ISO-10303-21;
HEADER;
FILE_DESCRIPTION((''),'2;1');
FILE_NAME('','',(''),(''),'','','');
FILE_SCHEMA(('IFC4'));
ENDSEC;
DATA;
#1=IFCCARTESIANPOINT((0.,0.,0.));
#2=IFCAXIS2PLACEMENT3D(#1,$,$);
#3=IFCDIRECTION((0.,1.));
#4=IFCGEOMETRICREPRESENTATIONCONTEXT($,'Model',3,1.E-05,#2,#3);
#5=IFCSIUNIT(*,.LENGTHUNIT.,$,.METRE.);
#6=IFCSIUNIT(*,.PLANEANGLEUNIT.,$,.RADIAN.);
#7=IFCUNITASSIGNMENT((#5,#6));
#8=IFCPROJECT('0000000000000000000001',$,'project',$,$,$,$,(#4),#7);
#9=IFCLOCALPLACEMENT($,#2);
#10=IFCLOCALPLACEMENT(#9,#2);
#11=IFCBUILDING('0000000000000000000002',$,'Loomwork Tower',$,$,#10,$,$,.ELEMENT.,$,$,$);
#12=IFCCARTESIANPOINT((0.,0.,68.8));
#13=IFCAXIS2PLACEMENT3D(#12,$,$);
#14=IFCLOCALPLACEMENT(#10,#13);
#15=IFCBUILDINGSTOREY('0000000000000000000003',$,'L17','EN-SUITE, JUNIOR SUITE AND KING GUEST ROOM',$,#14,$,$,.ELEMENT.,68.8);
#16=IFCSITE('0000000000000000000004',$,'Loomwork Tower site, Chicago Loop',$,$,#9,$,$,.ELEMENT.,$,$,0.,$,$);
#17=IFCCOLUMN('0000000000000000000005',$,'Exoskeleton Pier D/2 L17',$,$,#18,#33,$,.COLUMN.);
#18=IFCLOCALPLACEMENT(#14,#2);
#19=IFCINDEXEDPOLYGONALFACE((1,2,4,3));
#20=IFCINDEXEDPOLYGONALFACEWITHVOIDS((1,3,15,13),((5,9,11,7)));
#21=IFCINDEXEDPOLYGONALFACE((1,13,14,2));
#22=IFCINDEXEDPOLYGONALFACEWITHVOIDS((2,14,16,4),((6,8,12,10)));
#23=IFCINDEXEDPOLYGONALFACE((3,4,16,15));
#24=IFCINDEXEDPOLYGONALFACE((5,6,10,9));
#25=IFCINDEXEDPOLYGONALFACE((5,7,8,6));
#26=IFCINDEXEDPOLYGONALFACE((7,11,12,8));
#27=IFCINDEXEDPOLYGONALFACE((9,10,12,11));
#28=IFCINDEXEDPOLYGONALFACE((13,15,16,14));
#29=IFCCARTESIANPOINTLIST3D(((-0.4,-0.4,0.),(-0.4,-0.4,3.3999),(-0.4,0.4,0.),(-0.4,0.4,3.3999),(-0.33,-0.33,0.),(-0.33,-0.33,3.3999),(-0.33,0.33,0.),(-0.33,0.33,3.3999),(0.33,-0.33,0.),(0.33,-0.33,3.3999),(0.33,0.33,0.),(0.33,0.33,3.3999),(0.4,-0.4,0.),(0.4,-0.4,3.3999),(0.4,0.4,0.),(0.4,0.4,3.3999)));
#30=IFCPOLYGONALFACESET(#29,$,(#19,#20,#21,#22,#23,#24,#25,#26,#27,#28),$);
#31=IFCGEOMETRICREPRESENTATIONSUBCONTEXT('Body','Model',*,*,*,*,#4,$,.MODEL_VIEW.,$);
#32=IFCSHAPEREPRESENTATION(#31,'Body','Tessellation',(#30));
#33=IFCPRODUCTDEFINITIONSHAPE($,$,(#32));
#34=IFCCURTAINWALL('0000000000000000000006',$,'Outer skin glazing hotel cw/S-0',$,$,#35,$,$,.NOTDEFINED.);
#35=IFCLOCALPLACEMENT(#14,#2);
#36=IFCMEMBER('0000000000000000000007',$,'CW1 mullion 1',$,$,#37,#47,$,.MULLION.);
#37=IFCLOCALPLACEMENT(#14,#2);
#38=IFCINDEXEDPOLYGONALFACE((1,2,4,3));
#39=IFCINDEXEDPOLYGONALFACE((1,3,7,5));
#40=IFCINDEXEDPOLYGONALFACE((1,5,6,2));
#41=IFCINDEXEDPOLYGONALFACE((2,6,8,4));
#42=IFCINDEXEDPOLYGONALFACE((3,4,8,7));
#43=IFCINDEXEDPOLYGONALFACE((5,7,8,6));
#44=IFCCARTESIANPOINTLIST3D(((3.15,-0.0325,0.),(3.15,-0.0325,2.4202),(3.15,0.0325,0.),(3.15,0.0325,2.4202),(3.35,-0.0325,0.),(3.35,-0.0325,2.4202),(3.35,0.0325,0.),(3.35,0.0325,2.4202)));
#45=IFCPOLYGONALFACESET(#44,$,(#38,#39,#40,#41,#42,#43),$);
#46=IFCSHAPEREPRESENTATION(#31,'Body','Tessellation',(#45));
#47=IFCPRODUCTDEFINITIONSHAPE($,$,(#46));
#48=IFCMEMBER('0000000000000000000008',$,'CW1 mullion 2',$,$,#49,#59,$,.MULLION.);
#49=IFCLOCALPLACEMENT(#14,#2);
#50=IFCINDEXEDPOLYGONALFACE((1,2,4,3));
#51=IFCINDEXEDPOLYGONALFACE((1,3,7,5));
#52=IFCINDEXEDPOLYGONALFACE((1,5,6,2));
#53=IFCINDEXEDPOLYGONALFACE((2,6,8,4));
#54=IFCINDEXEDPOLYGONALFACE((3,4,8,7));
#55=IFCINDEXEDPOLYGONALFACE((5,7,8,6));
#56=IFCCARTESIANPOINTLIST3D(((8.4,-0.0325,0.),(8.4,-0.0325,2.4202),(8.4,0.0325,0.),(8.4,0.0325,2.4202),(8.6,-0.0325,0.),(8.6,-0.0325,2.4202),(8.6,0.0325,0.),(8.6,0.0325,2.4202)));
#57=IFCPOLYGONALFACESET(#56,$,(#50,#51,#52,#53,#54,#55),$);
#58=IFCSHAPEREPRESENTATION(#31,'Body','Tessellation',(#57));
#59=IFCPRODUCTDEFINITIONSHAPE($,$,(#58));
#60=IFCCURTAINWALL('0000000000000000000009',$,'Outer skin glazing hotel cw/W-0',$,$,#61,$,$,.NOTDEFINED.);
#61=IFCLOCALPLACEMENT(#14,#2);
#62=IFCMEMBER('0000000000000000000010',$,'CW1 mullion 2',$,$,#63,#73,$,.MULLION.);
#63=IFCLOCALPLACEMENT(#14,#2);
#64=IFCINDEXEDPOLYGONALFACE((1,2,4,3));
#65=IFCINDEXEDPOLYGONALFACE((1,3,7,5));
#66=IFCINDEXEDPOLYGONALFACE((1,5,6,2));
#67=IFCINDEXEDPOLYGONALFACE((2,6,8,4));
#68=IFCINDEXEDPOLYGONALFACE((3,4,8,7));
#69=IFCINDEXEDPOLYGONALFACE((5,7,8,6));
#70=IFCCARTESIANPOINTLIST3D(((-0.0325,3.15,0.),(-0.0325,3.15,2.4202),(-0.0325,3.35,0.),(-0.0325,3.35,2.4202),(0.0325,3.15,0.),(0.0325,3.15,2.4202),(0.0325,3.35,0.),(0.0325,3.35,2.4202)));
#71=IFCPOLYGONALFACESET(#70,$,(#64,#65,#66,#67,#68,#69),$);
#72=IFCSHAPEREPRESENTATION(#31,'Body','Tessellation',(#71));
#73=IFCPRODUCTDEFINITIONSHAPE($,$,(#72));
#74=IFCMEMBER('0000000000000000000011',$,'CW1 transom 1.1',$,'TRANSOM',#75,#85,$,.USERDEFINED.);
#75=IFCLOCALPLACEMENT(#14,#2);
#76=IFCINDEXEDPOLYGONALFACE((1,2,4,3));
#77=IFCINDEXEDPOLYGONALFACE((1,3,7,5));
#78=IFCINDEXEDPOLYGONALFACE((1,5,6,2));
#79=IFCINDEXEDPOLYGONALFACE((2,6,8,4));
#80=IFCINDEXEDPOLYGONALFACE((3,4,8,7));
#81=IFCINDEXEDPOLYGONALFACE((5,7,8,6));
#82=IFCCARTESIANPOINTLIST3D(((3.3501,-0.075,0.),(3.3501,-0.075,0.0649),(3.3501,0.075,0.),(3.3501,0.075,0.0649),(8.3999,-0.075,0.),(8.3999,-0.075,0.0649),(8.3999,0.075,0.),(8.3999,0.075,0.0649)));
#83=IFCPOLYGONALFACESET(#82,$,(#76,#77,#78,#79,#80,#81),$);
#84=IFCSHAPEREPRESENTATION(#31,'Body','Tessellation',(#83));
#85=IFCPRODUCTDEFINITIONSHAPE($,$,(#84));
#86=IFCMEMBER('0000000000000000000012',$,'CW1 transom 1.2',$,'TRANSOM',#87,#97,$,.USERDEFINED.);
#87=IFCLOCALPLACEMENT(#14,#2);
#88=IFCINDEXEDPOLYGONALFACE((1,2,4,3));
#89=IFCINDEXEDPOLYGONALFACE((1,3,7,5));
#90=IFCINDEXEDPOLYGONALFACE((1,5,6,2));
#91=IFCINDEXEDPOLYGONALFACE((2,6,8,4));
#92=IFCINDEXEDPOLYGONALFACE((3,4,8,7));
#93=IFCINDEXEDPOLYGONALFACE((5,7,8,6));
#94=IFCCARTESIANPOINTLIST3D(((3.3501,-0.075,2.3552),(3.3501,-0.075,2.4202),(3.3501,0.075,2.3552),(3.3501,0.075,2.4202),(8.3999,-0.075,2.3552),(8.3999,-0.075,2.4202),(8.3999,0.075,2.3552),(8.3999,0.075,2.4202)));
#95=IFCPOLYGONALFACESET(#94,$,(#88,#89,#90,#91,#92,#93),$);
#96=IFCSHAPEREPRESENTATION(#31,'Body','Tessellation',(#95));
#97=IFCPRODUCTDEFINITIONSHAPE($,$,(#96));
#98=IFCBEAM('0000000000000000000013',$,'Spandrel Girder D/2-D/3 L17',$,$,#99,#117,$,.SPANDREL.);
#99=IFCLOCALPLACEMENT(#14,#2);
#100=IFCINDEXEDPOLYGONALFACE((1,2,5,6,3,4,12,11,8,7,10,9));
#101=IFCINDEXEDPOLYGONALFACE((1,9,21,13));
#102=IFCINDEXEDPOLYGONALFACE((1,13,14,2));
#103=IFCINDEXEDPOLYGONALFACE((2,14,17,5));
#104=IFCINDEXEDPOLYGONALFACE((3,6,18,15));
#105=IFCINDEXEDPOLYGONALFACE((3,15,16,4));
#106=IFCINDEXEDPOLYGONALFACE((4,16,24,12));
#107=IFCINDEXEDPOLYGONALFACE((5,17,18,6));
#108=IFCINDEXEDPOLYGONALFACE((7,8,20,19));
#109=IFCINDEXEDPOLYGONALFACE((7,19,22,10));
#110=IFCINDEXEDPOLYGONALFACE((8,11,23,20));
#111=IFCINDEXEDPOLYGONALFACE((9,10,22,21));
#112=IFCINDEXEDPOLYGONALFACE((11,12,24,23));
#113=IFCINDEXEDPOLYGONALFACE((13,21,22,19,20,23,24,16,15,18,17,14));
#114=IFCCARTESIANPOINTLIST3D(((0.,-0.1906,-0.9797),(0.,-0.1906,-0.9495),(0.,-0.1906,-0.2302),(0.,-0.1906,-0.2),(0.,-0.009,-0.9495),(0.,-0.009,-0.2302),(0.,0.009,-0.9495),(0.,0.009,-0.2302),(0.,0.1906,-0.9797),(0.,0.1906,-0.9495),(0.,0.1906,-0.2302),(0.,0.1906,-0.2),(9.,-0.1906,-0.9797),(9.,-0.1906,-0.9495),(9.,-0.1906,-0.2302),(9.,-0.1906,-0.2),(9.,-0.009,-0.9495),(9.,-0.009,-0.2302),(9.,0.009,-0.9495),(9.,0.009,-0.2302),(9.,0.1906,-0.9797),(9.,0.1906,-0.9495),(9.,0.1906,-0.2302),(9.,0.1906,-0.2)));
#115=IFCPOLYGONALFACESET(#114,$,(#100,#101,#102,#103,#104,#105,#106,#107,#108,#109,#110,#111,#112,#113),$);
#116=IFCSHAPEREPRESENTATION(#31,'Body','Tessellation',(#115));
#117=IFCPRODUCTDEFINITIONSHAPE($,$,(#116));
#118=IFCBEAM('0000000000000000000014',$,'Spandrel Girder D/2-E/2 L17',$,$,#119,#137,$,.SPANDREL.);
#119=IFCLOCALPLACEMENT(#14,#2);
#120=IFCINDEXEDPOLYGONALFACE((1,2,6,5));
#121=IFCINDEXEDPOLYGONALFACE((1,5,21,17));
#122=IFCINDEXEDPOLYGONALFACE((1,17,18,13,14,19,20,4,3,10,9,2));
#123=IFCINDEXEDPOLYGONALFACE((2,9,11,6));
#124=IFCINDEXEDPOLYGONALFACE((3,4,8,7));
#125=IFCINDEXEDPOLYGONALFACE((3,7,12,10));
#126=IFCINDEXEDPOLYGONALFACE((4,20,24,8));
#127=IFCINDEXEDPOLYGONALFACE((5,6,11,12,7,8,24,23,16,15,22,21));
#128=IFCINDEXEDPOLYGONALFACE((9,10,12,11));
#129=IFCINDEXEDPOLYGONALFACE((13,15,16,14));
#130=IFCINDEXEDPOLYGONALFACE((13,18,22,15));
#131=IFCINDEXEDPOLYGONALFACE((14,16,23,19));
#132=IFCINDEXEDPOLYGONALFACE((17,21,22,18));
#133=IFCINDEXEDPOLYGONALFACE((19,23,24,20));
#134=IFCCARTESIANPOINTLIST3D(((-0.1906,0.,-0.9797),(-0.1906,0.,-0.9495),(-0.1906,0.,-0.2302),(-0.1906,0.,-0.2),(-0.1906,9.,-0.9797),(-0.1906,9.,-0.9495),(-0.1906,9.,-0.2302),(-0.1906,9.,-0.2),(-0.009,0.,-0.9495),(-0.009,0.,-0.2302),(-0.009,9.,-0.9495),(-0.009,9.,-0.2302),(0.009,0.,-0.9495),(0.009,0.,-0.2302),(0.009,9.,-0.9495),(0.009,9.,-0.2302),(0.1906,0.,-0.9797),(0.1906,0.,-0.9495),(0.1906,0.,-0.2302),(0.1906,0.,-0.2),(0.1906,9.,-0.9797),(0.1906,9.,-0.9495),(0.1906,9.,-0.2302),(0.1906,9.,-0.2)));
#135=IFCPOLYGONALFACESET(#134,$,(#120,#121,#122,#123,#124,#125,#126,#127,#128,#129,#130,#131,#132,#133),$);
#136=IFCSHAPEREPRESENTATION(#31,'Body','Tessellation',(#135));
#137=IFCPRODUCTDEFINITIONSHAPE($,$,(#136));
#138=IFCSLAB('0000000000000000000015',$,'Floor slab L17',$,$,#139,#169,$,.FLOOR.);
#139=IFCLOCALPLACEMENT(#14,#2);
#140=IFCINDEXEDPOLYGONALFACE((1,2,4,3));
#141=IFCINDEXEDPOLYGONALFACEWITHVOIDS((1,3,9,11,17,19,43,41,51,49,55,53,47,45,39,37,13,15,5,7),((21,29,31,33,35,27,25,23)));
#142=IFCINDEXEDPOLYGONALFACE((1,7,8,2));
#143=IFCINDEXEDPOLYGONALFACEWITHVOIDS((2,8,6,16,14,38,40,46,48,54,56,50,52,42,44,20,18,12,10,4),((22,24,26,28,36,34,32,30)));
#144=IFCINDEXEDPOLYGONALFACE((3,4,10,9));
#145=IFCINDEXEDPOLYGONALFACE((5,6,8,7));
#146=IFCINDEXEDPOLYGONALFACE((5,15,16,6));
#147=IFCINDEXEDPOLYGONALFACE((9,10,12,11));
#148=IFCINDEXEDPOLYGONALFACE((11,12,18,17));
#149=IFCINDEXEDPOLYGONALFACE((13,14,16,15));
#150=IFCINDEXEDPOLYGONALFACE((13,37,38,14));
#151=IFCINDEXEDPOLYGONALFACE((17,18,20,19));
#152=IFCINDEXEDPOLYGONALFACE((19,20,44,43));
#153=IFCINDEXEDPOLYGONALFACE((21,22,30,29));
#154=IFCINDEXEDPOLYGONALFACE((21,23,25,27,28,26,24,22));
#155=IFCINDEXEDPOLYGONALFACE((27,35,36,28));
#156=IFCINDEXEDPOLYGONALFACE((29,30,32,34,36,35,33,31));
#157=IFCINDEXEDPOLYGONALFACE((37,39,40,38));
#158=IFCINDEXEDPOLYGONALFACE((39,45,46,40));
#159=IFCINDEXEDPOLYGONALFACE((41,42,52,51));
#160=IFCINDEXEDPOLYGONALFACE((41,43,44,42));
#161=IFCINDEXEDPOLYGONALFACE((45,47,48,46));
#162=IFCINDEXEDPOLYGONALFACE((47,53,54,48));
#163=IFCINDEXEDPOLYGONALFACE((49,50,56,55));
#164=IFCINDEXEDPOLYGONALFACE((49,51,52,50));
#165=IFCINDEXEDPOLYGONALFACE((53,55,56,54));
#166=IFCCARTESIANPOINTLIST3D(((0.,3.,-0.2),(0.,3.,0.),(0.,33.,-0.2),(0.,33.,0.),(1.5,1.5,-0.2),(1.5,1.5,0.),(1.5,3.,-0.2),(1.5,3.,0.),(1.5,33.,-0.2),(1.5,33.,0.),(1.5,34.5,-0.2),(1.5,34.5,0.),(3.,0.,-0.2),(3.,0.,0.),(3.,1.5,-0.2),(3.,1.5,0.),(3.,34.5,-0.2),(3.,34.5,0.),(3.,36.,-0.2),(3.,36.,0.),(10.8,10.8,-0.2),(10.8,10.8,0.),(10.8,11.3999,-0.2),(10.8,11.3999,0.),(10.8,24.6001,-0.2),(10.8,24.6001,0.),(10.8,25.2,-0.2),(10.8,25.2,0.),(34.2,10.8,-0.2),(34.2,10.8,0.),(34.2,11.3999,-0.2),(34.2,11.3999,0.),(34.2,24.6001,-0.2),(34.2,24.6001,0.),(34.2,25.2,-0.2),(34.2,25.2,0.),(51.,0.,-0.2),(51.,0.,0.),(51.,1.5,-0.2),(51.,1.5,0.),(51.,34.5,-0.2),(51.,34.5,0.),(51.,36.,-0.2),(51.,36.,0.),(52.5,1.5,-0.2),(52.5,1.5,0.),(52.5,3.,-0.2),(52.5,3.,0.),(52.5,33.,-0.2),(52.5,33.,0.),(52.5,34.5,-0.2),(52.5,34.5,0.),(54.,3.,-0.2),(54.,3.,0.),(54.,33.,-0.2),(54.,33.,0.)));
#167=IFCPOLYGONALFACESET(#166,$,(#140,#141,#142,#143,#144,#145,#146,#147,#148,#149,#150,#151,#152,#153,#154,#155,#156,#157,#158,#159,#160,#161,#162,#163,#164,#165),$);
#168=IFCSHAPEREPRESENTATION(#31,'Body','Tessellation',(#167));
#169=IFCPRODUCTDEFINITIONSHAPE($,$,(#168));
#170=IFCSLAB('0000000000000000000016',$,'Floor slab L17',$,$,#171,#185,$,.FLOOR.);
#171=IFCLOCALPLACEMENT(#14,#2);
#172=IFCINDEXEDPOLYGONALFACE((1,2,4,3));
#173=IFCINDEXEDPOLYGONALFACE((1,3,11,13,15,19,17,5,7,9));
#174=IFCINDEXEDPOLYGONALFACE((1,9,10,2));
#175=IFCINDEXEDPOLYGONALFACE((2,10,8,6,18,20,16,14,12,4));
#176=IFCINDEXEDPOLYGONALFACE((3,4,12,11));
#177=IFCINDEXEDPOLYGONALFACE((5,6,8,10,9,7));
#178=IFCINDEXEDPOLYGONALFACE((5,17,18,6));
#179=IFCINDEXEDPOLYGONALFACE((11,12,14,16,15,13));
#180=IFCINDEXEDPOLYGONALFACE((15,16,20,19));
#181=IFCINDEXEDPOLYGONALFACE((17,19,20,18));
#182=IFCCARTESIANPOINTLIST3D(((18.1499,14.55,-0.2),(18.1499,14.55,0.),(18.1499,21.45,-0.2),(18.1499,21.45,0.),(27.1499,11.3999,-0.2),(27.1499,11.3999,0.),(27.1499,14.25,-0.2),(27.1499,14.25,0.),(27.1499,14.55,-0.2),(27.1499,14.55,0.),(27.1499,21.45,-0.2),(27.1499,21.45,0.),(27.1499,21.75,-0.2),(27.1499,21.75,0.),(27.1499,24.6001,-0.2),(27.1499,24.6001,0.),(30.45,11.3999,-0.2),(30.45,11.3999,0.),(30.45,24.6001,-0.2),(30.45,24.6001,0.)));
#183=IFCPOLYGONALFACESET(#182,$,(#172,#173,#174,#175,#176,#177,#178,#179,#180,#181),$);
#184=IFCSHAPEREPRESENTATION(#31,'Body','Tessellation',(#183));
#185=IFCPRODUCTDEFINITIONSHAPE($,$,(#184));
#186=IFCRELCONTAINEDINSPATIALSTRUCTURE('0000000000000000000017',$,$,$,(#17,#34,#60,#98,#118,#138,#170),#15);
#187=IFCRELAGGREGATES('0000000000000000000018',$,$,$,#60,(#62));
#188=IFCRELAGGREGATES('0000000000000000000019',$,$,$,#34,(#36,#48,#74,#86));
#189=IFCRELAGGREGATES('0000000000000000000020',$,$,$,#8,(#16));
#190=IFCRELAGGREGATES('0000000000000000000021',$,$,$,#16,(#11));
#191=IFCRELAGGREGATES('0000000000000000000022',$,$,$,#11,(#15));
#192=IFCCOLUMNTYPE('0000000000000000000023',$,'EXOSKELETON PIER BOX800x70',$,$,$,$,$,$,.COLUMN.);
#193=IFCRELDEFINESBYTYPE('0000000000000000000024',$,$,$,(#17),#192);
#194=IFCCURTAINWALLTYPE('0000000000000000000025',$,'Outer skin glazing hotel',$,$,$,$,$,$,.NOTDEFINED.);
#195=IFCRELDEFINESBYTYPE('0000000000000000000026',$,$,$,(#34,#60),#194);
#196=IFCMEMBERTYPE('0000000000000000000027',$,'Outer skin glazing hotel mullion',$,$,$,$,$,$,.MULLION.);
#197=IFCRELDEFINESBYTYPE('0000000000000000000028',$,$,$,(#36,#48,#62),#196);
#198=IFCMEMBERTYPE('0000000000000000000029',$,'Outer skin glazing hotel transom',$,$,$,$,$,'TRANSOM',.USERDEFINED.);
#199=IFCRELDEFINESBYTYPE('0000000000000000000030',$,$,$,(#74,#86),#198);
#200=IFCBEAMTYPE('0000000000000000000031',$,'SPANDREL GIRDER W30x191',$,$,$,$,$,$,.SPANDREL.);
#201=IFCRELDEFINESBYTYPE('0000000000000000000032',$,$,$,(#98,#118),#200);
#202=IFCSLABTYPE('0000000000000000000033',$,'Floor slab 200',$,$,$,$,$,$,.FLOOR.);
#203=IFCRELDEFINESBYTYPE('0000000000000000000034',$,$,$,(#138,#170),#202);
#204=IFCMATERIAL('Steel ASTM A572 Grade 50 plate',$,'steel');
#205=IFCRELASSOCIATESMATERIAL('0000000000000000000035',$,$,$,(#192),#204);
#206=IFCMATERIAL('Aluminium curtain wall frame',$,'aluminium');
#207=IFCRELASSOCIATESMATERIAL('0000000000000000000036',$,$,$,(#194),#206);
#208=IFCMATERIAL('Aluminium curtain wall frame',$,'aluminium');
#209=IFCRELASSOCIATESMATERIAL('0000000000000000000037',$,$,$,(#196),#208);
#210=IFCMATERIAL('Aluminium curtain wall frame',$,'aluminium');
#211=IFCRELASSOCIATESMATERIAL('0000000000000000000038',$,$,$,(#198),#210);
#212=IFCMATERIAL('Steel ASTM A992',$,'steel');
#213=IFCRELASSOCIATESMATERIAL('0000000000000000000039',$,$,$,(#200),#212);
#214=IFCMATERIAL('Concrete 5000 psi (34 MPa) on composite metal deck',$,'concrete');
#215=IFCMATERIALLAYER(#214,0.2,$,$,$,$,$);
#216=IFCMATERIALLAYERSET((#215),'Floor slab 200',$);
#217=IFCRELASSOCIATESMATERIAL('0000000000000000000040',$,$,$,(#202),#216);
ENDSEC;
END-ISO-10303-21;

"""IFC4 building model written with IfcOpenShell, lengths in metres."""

from ifc_helpers import new_model, si_unit, direction, frame, origin, origin_with_axes, origin_2d, place, context, subcontext, project, spatial, polyline, rectangle, hollow_rectangle, i_section, outline, extrude, material, layer, layer_set, material_profile, profile_set, type_object, element, aggregate, save


model = new_model("IFC4")

# Units and contexts
model_context = context("Model", 3, precision=1e-05, world=origin(), true_north=direction((0.0, 1.0)))
body_context = subcontext(model_context, "Body", "Model", "MODEL_VIEW")
ifc_project = project(units=[si_unit("LENGTHUNIT", "METRE"), si_unit("PLANEANGLEUNIT", "RADIAN")], contexts=[model_context])

# Site, building, storey
site_placement = place(None, origin())
site = spatial("IfcSite", under=ifc_project, at=site_placement, Name="Loomwork Tower site, Chicago Loop", CompositionType="ELEMENT", RefElevation=0.0)
building_placement = place(site_placement, origin())
building = spatial("IfcBuilding", under=site, at=building_placement, Name="Loomwork Tower", CompositionType="ELEMENT")
storey_placement = place(building_placement, frame((0.0, 0.0, 68.8)))
storey = spatial("IfcBuildingStorey", under=building, at=storey_placement, Name="L17", Description="EN-SUITE, JUNIOR SUITE AND KING GUEST ROOM", CompositionType="ELEMENT", Elevation=68.8)

# Column
ifc_material_1 = material(Name="Steel ASTM A572 Grade 50 plate", Category="steel")
ifc_material_profile_1 = material_profile(ifc_material_1, hollow_rectangle(XDim=0.8, YDim=0.8, WallThickness=0.0701, at=origin_2d()), Name="BOX800x70")
ifc_profile_set_1 = profile_set([ifc_material_profile_1], Name="Steel ASTM A572 Grade 50 plate")
column_type = type_object("IfcColumnType", Name="EXOSKELETON PIER BOX800x70", PredefinedType="COLUMN", material=ifc_profile_set_1)
column_placement = place(storey_placement, origin_with_axes())
element("IfcColumn", 1, at=column_placement, inside=storey, type_object=column_type, Name="Exoskeleton Pier D/2 L17", PredefinedType="COLUMN", context=body_context, shape_type="SweptSolid", body=[
    extrude(hollow_rectangle(XDim=0.8, YDim=0.8, WallThickness=0.0701, at=origin_2d()), origin(), (0.0, 0.0, 1.0), 3.3999),
])

# Curtain wall, members
ifc_material_2 = material(Name="Aluminium curtain wall frame", Category="aluminium")
curtain_wall_type = type_object("IfcCurtainWallType", Name="Outer skin glazing hotel", PredefinedType="NOTDEFINED", material=ifc_material_2)
curtain_wall_1_placement = place(storey_placement, origin())
curtain_wall_1 = element("IfcCurtainWall", 2, at=curtain_wall_1_placement, inside=storey, type_object=curtain_wall_type, Name="Outer skin glazing hotel cw/S-0", PredefinedType="NOTDEFINED")
ifc_material_3 = material(Name="Aluminium curtain wall frame", Category="aluminium")
ifc_material_profile_2 = material_profile(ifc_material_3, rectangle(XDim=0.0649, YDim=0.2, at=origin_2d()), Name="AL 65x200")
ifc_profile_set_2 = profile_set([ifc_material_profile_2], Name="Aluminium curtain wall frame")
member_type_1 = type_object("IfcMemberType", Name="Outer skin glazing hotel mullion", PredefinedType="MULLION", material=ifc_profile_set_2)
member_1_placement = place(storey_placement, frame((3.25, 0.0, 0.0), z_axis=(0.0, 0.0, 1.0), x_axis=(0.0, 1.0, 0.0)))
member_1 = element("IfcMember", 3, at=member_1_placement, type_object=member_type_1, Name="CW1 mullion 1", PredefinedType="MULLION", context=body_context, shape_type="SweptSolid", body=[
    extrude(rectangle(XDim=0.0649, YDim=0.2, at=origin_2d()), origin(), (0.0, 0.0, 1.0), 2.4202),
])
member_2_placement = place(storey_placement, frame((8.5, 0.0, 0.0), z_axis=(0.0, 0.0, 1.0), x_axis=(0.0, 1.0, 0.0)))
member_2 = element("IfcMember", 4, at=member_2_placement, type_object=member_type_1, Name="CW1 mullion 2", PredefinedType="MULLION", context=body_context, shape_type="SweptSolid", body=[
    extrude(rectangle(XDim=0.0649, YDim=0.2, at=origin_2d()), origin(), (0.0, 0.0, 1.0), 2.4202),
])

# Curtain wall, member
curtain_wall_2_placement = place(storey_placement, origin())
curtain_wall_2 = element("IfcCurtainWall", 5, at=curtain_wall_2_placement, inside=storey, type_object=curtain_wall_type, Name="Outer skin glazing hotel cw/W-0", PredefinedType="NOTDEFINED")
member_3_placement = place(storey_placement, frame((0.0, 3.25, 0.0), z_axis=(0.0, 0.0, 1.0), x_axis=(1.0, 0.0, 0.0)))
member_3 = element("IfcMember", 6, at=member_3_placement, type_object=member_type_1, Name="CW1 mullion 2", PredefinedType="MULLION", context=body_context, shape_type="SweptSolid", body=[
    extrude(rectangle(XDim=0.0649, YDim=0.2, at=origin_2d()), origin(), (0.0, 0.0, 1.0), 2.4202),
])
aggregate(curtain_wall_2, [member_3])

# Members
ifc_material_4 = material(Name="Aluminium curtain wall frame", Category="aluminium")
ifc_material_profile_3 = material_profile(ifc_material_4, rectangle(XDim=0.1499, YDim=0.0649, at=origin_2d()), Name="AL 65x150")
ifc_profile_set_3 = profile_set([ifc_material_profile_3], Name="Aluminium curtain wall frame")
member_type_2 = type_object("IfcMemberType", Name="Outer skin glazing hotel transom", ElementType="TRANSOM", PredefinedType="USERDEFINED", material=ifc_profile_set_3)
member_4_placement = place(storey_placement, frame((3.3501, 0.0, 0.0325), z_axis=(1.0, 0.0, 0.0), x_axis=(0.0, 1.0, 0.0)))
member_4 = element("IfcMember", 7, at=member_4_placement, type_object=member_type_2, Name="CW1 transom 1.1", ObjectType="TRANSOM", PredefinedType="USERDEFINED", context=body_context, shape_type="SweptSolid", body=[
    extrude(rectangle(XDim=0.1499, YDim=0.0649, at=origin_2d()), origin(), (0.0, 0.0, 1.0), 5.0498),
])
member_5_placement = place(storey_placement, frame((3.3501, 0.0, 2.3877), z_axis=(1.0, 0.0, 0.0), x_axis=(0.0, 1.0, 0.0)))
member_5 = element("IfcMember", 8, at=member_5_placement, type_object=member_type_2, Name="CW1 transom 1.2", ObjectType="TRANSOM", PredefinedType="USERDEFINED", context=body_context, shape_type="SweptSolid", body=[
    extrude(rectangle(XDim=0.1499, YDim=0.0649, at=origin_2d()), origin(), (0.0, 0.0, 1.0), 5.0498),
])

# Beams
ifc_material_5 = material(Name="Steel ASTM A992", Category="steel")
ifc_material_profile_4 = material_profile(ifc_material_5, i_section(OverallWidth=0.3811, OverallDepth=0.7798, WebThickness=0.0181, FlangeThickness=0.0303, at=origin_2d()), Name="W30x191")
ifc_profile_set_4 = profile_set([ifc_material_profile_4], Name="Steel ASTM A992")
beam_type = type_object("IfcBeamType", Name="SPANDREL GIRDER W30x191", PredefinedType="SPANDREL", material=ifc_profile_set_4)
for number, where, z_axis, x_axis, name in (
    (9, (0.0, 0.0, -0.5898), (1.0, 0.0, 0.0), (0.0, 1.0, 0.0), "Spandrel Girder D/2-D/3 L17"),
    (10, (0.0, 0.0, -0.5898), (0.0, 1.0, 0.0), (-1.0, 0.0, 0.0), "Spandrel Girder D/2-E/2 L17"),
):
    element("IfcBeam", number, at=place(storey_placement, frame(where, z_axis=z_axis, x_axis=x_axis)), inside=storey, type_object=beam_type, Name=name, PredefinedType="SPANDREL", context=body_context, shape_type="SweptSolid", body=[
        extrude(i_section(OverallWidth=0.3811, OverallDepth=0.7798, WebThickness=0.0181, FlangeThickness=0.0303, at=origin_2d()), origin(), (0.0, 0.0, 1.0), 9.0),
    ])

# Slabs
ifc_material_6 = material(Name="Concrete 5000 psi (34 MPa) on composite metal deck", Category="concrete")
ifc_layer_1 = layer(ifc_material_6, 0.2)
ifc_layer_set_1 = layer_set([ifc_layer_1], Name="Floor slab 200")
slab_type_1 = type_object("IfcSlabType", Name="Floor slab 200", PredefinedType="FLOOR", material=ifc_layer_set_1)
slab_1_placement = place(storey_placement, frame((0.0, 0.0, -0.2)))
element("IfcSlab", 11, at=slab_1_placement, inside=storey, type_object=slab_type_1, Name="Floor slab L17", PredefinedType="FLOOR", context=body_context, shape_type="SweptSolid", body=[
    extrude(outline(polyline([(3.0, 1.5), (1.5, 1.5), (1.5, 3.0), (0.0, 3.0), (0.0, 33.0), (1.5, 33.0), (1.5, 34.5), (3.0, 34.5), (3.0, 36.0), (51.0, 36.0), (51.0, 34.5), (52.5, 34.5), (52.5, 33.0), (54.0, 33.0), (54.0, 3.0), (52.5, 3.0), (52.5, 1.5), (51.0, 1.5), (51.0, 0.0), (3.0, 0.0), (3.0, 1.5)]), holes=[polyline([(10.8, 11.3999), (10.8, 11.3999), (10.8, 10.8), (34.2, 10.8), (34.2, 11.3999), (34.2, 11.3999), (34.2, 24.6001), (34.2, 25.2), (10.8, 25.2), (10.8, 24.6001), (10.8, 11.3999)])]), origin(), (0.0, 0.0, 1.0), 0.2),
])
slab_2_placement = place(storey_placement, frame((0.0, 0.0, -0.2)))
element("IfcSlab", 12, at=slab_2_placement, inside=storey, type_object=slab_type_1, Name="Floor slab L17", PredefinedType="FLOOR", context=body_context, shape_type="SweptSolid", body=[
    extrude(outline(polyline([(30.45, 24.6001), (30.45, 11.3999), (27.1499, 11.3999), (27.1499, 14.25), (27.1499, 14.55), (18.1499, 14.55), (18.1499, 21.45), (27.1499, 21.45), (27.1499, 21.75), (27.1499, 24.6001), (30.45, 24.6001)])), origin(), (0.0, 0.0, 1.0), 0.2),
])

aggregate(curtain_wall_1, [member_1, member_2, member_4, member_5])

save(model, "model.ifc")
